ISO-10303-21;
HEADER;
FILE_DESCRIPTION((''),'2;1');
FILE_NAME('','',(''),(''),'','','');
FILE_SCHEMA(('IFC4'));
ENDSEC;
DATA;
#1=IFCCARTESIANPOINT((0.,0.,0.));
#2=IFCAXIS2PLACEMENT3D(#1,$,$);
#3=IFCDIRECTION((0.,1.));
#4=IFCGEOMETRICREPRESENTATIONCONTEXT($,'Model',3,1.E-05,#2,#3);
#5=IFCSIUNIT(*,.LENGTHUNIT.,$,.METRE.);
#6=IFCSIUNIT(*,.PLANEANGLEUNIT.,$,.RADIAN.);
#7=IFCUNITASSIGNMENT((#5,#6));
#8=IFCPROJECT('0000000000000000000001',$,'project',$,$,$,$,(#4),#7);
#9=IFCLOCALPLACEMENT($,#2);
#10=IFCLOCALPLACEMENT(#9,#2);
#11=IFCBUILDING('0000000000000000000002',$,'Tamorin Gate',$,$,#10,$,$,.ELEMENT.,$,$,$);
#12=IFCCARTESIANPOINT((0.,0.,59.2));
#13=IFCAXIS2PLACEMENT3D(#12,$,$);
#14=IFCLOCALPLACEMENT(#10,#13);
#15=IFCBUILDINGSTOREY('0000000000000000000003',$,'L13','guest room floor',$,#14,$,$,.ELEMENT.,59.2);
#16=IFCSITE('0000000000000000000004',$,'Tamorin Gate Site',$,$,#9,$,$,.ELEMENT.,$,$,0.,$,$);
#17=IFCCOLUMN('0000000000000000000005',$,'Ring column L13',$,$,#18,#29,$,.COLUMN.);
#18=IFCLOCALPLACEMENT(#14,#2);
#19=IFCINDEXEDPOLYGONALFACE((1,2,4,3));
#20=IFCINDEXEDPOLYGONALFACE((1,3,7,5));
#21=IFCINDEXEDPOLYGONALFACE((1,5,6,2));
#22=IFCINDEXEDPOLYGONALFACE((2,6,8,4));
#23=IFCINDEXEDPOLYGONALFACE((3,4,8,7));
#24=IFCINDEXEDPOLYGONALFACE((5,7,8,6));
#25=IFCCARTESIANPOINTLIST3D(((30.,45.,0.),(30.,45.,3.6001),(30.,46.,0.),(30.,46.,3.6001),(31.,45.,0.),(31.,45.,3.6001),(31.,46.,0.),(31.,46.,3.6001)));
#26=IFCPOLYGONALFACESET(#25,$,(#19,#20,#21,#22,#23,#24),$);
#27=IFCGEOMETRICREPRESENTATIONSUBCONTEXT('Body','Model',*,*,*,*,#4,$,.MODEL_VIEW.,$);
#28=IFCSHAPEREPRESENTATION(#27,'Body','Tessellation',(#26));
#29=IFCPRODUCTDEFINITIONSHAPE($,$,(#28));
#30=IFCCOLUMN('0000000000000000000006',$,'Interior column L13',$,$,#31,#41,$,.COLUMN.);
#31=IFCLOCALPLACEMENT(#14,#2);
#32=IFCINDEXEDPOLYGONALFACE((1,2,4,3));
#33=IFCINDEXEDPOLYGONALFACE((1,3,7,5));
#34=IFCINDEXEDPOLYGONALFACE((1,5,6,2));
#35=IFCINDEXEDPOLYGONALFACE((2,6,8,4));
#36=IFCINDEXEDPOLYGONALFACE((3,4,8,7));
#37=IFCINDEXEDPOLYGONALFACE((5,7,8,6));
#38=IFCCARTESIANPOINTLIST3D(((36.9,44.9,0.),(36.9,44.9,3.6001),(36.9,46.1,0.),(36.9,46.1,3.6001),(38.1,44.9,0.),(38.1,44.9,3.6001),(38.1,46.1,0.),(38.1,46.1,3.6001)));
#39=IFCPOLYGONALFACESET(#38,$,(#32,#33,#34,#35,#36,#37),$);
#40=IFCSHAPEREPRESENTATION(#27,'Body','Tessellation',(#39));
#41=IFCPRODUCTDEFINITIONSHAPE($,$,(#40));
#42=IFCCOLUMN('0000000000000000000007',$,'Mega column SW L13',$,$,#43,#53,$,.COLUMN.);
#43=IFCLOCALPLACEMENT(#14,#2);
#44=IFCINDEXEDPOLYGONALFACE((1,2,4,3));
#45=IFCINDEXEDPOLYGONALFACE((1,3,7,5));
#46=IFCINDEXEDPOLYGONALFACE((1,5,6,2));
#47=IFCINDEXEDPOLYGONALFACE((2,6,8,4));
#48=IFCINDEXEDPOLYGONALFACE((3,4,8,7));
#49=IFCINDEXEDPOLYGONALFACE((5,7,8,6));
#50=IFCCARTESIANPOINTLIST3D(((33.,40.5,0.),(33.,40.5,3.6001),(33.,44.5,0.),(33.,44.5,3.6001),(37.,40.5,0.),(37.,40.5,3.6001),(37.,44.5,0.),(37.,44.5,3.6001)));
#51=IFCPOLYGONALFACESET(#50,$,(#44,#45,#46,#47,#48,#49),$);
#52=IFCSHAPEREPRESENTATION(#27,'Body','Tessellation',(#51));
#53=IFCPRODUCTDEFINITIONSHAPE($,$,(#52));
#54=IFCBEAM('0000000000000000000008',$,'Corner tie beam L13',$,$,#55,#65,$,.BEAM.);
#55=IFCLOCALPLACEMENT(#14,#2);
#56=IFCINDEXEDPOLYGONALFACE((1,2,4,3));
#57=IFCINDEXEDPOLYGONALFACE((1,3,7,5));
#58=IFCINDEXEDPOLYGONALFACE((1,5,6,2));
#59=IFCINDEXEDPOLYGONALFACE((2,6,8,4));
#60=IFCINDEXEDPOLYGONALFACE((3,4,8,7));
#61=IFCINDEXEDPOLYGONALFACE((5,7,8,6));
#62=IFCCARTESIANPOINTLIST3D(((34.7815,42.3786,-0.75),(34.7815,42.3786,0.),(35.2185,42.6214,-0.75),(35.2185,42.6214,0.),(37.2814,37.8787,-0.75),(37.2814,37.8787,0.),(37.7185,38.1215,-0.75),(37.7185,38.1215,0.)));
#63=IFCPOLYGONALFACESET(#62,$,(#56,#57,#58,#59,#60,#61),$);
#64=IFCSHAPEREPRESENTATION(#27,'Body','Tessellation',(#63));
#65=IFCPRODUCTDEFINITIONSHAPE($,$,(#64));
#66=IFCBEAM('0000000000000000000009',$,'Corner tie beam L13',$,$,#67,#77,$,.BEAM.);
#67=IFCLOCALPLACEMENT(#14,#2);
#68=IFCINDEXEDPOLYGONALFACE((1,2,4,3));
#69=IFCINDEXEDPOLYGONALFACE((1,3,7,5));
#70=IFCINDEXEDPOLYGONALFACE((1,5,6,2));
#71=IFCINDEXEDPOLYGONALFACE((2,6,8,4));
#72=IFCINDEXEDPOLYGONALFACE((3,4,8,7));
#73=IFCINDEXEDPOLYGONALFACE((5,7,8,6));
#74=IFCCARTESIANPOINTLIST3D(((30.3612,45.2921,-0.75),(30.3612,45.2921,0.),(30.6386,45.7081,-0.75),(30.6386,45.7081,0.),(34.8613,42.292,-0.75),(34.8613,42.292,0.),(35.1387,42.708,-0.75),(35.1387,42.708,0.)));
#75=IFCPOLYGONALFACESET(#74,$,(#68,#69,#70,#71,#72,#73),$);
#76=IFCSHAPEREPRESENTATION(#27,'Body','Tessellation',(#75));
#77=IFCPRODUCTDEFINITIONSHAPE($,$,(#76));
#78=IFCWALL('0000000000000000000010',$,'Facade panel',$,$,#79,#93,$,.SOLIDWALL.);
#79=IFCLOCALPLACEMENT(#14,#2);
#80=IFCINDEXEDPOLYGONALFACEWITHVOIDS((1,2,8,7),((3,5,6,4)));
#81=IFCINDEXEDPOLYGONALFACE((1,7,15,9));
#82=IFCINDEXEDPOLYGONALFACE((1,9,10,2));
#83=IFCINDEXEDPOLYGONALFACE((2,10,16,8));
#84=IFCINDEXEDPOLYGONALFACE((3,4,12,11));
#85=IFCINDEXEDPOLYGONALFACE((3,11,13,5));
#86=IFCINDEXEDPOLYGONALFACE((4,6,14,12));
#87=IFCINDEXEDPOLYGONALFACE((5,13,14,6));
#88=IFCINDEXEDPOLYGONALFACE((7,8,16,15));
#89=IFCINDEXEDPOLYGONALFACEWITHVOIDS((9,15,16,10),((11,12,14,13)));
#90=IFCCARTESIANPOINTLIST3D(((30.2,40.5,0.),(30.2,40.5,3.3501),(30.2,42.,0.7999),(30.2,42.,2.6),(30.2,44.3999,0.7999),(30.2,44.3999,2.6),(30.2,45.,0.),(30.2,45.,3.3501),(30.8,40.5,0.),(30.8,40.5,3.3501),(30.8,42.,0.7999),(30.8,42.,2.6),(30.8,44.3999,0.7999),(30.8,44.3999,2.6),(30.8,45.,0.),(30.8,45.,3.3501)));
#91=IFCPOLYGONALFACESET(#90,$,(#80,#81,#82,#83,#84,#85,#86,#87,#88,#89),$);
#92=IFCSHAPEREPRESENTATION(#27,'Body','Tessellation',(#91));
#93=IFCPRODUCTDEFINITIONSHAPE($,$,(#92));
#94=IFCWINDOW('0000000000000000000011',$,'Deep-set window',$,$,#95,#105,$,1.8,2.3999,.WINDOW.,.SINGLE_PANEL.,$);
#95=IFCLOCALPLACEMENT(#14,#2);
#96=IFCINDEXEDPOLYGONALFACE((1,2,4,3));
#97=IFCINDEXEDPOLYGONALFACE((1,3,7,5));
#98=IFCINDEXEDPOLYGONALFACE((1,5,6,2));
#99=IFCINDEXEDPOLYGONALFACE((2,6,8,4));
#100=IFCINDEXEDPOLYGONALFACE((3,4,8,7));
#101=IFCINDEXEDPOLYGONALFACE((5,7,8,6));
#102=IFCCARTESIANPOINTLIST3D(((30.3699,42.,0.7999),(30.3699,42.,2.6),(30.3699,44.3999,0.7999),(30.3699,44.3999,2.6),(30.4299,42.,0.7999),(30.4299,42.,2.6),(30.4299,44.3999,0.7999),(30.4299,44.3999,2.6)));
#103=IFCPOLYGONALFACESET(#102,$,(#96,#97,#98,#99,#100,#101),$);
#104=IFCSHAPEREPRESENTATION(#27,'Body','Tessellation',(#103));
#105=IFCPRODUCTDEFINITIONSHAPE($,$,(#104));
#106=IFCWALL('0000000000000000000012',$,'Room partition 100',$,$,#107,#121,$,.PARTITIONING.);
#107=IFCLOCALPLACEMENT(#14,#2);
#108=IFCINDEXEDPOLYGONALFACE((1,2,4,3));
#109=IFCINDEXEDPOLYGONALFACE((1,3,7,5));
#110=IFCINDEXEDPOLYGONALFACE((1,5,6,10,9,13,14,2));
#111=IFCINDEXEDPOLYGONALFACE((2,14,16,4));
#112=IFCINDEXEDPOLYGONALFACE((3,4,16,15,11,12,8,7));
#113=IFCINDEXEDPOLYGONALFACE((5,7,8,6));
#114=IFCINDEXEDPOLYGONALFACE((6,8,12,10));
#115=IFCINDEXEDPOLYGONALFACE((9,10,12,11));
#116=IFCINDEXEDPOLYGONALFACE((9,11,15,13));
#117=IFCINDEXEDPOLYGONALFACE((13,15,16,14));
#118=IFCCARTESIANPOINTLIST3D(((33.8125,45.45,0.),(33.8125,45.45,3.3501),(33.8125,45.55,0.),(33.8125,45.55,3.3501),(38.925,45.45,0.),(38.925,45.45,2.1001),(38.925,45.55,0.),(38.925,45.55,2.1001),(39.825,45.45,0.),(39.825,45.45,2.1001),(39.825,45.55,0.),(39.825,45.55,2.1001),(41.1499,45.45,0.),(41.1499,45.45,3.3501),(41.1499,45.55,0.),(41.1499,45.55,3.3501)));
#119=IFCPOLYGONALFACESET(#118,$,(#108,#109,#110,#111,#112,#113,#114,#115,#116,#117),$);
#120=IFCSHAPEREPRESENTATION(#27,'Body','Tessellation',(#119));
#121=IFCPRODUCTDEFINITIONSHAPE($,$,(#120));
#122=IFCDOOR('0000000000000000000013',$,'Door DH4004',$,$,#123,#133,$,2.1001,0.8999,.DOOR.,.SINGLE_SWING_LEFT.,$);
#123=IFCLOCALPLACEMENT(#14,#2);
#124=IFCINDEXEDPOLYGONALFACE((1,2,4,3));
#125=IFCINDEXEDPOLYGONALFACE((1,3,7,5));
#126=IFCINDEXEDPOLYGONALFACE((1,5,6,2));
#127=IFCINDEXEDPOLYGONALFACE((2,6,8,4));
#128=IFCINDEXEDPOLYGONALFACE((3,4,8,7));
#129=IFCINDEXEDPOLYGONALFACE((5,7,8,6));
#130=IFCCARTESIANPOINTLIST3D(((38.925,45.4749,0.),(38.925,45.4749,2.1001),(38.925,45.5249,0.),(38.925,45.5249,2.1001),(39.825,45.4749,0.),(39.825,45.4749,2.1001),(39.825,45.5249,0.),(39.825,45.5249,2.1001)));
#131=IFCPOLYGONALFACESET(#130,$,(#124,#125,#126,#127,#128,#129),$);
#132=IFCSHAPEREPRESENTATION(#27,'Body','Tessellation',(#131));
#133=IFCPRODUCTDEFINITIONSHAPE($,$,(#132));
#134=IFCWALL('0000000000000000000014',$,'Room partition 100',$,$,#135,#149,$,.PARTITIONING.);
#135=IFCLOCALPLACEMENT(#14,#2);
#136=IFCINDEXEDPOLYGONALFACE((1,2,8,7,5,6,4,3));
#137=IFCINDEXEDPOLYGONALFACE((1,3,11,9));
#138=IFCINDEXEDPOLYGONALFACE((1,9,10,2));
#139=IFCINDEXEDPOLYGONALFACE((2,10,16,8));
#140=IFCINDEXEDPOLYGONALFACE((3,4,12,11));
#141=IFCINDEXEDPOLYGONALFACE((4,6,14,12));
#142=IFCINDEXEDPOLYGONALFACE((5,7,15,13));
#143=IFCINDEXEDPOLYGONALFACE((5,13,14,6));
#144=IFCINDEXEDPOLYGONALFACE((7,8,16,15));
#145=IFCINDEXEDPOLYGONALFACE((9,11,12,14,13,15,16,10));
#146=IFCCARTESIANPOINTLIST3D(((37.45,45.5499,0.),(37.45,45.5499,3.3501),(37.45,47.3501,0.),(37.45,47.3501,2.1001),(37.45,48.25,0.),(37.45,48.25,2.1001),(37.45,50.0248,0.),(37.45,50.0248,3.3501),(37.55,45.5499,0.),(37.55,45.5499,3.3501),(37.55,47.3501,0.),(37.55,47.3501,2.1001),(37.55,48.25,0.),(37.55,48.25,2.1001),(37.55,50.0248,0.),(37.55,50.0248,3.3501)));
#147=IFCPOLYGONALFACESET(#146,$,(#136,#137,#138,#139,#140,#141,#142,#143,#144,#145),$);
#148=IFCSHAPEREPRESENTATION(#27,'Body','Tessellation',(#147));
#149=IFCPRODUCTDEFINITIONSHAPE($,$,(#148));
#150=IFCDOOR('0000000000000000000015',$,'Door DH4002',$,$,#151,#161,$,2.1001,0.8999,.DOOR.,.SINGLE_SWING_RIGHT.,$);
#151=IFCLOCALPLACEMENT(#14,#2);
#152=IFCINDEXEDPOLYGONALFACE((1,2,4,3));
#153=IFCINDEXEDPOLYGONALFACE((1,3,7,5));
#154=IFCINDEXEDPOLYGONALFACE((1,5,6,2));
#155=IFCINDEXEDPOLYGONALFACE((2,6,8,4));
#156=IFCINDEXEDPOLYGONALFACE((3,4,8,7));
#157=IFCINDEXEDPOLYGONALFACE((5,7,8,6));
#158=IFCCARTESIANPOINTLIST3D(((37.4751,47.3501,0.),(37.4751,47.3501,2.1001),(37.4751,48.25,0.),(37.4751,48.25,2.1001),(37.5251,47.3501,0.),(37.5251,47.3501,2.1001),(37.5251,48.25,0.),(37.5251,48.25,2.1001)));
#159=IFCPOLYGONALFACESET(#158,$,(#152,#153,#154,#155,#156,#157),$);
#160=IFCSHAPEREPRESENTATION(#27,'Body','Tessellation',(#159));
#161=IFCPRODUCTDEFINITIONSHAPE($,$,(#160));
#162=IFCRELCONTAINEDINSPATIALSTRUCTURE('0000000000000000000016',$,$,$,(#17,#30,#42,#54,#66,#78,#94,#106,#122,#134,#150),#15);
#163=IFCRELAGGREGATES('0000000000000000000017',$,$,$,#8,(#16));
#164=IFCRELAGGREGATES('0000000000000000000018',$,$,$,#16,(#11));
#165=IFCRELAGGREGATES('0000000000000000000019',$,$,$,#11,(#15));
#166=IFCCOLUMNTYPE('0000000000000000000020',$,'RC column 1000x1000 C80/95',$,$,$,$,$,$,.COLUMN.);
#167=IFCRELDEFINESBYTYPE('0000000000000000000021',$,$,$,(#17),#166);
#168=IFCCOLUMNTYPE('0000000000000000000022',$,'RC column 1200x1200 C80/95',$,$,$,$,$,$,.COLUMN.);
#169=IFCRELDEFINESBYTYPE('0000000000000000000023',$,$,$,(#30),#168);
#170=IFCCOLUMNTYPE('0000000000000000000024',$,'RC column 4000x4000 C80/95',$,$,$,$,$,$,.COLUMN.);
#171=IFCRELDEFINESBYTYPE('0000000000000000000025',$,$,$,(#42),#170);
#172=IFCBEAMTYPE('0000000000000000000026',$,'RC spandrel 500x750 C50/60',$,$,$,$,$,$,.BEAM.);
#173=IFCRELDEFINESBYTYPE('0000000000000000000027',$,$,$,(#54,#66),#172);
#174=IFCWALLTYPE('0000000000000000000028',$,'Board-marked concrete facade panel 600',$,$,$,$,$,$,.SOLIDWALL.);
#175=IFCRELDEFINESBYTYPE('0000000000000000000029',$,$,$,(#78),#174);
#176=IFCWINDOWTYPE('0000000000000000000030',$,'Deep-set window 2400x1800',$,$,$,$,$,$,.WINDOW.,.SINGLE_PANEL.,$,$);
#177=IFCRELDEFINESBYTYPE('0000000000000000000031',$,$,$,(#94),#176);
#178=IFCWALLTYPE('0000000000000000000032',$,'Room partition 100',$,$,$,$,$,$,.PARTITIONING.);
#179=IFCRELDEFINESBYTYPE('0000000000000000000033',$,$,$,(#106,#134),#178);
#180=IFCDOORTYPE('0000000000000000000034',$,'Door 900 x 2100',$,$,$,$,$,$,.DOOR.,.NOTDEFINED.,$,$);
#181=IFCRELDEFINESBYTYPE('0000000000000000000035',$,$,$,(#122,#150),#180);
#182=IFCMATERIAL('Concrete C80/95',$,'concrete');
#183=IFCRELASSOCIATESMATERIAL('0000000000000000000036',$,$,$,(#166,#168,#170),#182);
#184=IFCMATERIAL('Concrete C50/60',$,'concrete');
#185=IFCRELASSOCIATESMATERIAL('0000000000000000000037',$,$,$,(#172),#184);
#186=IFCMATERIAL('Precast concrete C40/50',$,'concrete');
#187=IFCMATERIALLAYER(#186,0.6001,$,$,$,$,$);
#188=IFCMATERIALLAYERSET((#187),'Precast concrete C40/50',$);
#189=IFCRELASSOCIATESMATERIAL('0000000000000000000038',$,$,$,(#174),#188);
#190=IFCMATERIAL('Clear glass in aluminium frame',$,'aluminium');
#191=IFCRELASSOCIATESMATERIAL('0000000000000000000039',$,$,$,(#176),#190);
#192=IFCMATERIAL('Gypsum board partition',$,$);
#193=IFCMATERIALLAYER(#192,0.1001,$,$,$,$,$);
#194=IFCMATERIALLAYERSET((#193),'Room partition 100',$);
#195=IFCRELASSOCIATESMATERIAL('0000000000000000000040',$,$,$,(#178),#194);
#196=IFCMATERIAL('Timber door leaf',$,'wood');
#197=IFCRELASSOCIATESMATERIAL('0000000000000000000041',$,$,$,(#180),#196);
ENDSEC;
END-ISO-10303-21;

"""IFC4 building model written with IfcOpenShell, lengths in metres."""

from ifc_helpers import new_model, si_unit, direction, frame, frame_2d, origin, origin_2d, place, context, subcontext, project, spatial, rectangle, extrude, material, layer, layer_set, material_profile, profile_set, type_object, element, fill, save


model = new_model("IFC4")

# Units and contexts
model_context = context("Model", 3, precision=1e-05, world=origin(), true_north=direction((0.0, 1.0)))
body_context = subcontext(model_context, "Body", "Model", "MODEL_VIEW")
ifc_project = project(units=[si_unit("LENGTHUNIT", "METRE"), si_unit("PLANEANGLEUNIT", "RADIAN")], contexts=[model_context])

# Site, building, storey
site_placement = place(None, origin())
site = spatial("IfcSite", under=ifc_project, at=site_placement, Name="Tamorin Gate Site", CompositionType="ELEMENT", RefElevation=0.0)
building_placement = place(site_placement, origin())
building = spatial("IfcBuilding", under=site, at=building_placement, Name="Tamorin Gate", CompositionType="ELEMENT")
storey_placement = place(building_placement, frame((0.0, 0.0, 59.2)))
storey = spatial("IfcBuildingStorey", under=building, at=storey_placement, Name="L13", Description="guest room floor", CompositionType="ELEMENT", Elevation=59.2)

# Columns
ifc_material_1 = material(Name="Concrete C80/95", Category="concrete")
ifc_material_profile_1 = material_profile(ifc_material_1, rectangle(XDim=1.0, YDim=1.0, at=origin_2d()), Name="RC 1000x1000")
ifc_profile_set_1 = profile_set([ifc_material_profile_1], Name="Concrete C80/95")
column_type_1 = type_object("IfcColumnType", Name="RC column 1000x1000 C80/95", PredefinedType="COLUMN", material=ifc_profile_set_1)
column_1_placement = place(storey_placement, frame((30.5, 45.5, 0.0), z_axis=(0.0, 0.0, 1.0), x_axis=(1.0, 0.0, 0.0)))
element("IfcColumn", 1, at=column_1_placement, inside=storey, type_object=column_type_1, Name="Ring column L13", PredefinedType="COLUMN", context=body_context, shape_type="SweptSolid", body=[
    extrude(rectangle(XDim=1.0, YDim=1.0, at=origin_2d()), origin(), (0.0, 0.0, 1.0), 3.6001),
])
ifc_material_profile_2 = material_profile(ifc_material_1, rectangle(XDim=1.2, YDim=1.2, at=origin_2d()), Name="RC 1200x1200")
ifc_profile_set_2 = profile_set([ifc_material_profile_2], Name="Concrete C80/95")
column_type_2 = type_object("IfcColumnType", Name="RC column 1200x1200 C80/95", PredefinedType="COLUMN", material=ifc_profile_set_2)
column_2_placement = place(storey_placement, frame((37.5, 45.5, 0.0), z_axis=(0.0, 0.0, 1.0), x_axis=(1.0, 0.0, 0.0)))
element("IfcColumn", 2, at=column_2_placement, inside=storey, type_object=column_type_2, Name="Interior column L13", PredefinedType="COLUMN", context=body_context, shape_type="SweptSolid", body=[
    extrude(rectangle(XDim=1.2, YDim=1.2, at=origin_2d()), origin(), (0.0, 0.0, 1.0), 3.6001),
])
ifc_material_profile_3 = material_profile(ifc_material_1, rectangle(XDim=4.0, YDim=4.0, at=origin_2d()), Name="RC 4000x4000")
ifc_profile_set_3 = profile_set([ifc_material_profile_3], Name="Concrete C80/95")
column_type_3 = type_object("IfcColumnType", Name="RC column 4000x4000 C80/95", PredefinedType="COLUMN", material=ifc_profile_set_3)
column_3_placement = place(storey_placement, frame((35.0, 42.5, 0.0), z_axis=(0.0, 0.0, 1.0), x_axis=(1.0, 0.0, 0.0)))
element("IfcColumn", 3, at=column_3_placement, inside=storey, type_object=column_type_3, Name="Mega column SW L13", PredefinedType="COLUMN", context=body_context, shape_type="SweptSolid", body=[
    extrude(rectangle(XDim=4.0, YDim=4.0, at=origin_2d()), origin(), (0.0, 0.0, 1.0), 3.6001),
])

# Beams
ifc_material_2 = material(Name="Concrete C50/60", Category="concrete")
ifc_material_profile_4 = material_profile(ifc_material_2, rectangle(XDim=0.5, YDim=0.75, at=origin_2d()), Name="RC 500x750")
ifc_profile_set_4 = profile_set([ifc_material_profile_4], Name="Concrete C50/60")
beam_type = type_object("IfcBeamType", Name="RC spandrel 500x750 C50/60", PredefinedType="BEAM", material=ifc_profile_set_4)
beam_1_placement = place(storey_placement, frame((35.0, 42.5, -0.375), z_axis=(0.485643, -0.874157, 0.0), x_axis=(0.874157, 0.485643, 0.0)))
element("IfcBeam", 4, at=beam_1_placement, inside=storey, type_object=beam_type, Name="Corner tie beam L13", PredefinedType="BEAM", context=body_context, shape_type="SweptSolid", body=[
    extrude(rectangle(XDim=0.5, YDim=0.75, at=origin_2d()), origin(), (0.0, 0.0, 1.0), 5.1477),
])
beam_2_placement = place(storey_placement, frame((35.0, 42.5, -0.375), z_axis=(-0.83205, 0.5547, 0.0), x_axis=(-0.5547, -0.83205, 0.0)))
element("IfcBeam", 5, at=beam_2_placement, inside=storey, type_object=beam_type, Name="Corner tie beam L13", PredefinedType="BEAM", context=body_context, shape_type="SweptSolid", body=[
    extrude(rectangle(XDim=0.5, YDim=0.75, at=origin_2d()), origin(), (0.0, 0.0, 1.0), 5.4084),
])

# Wall, opening, window
ifc_material_3 = material(Name="Precast concrete C40/50", Category="concrete")
ifc_layer_1 = layer(ifc_material_3, 0.6001)
ifc_layer_set_1 = layer_set([ifc_layer_1], Name="Precast concrete C40/50")
wall_type_1 = type_object("IfcWallType", Name="Board-marked concrete facade panel 600", PredefinedType="SOLIDWALL", material=ifc_layer_set_1)
wall_1_placement = place(storey_placement, frame((30.5, 45.0, 0.0), z_axis=(0.0, 0.0, 1.0), x_axis=(0.0, -1.0, 0.0)))
wall_1 = element("IfcWall", 6, at=wall_1_placement, inside=storey, type_object=wall_type_1, Name="Facade panel", PredefinedType="SOLIDWALL", context=body_context, shape_type="SweptSolid", body=[
    extrude(rectangle(XDim=4.5, YDim=0.6001, at=frame_2d((2.25, 0.0))), origin(), (0.0, 0.0, 1.0), 3.3501),
])
opening_1_placement = place(wall_1_placement, frame((0.6001, 0.0, 0.8)))
opening_1 = element("IfcOpeningElement", 7, at=opening_1_placement, cuts=wall_1, PredefinedType="OPENING", context=body_context, shape_type="SweptSolid", body=[
    extrude(rectangle(XDim=2.3999, YDim=1.8, at=frame_2d((1.2, 0.8999))), frame((0.0, 0.3101, 0.0), z_axis=(0.0, -1.0, 0.0), x_axis=(1.0, 0.0, 0.0)), (0.0, 0.0, 1.0), 0.6201),
])
ifc_material_4 = material(Name="Clear glass in aluminium frame", Category="aluminium")
window_type = type_object("IfcWindowType", Name="Deep-set window 2400x1800", PartitioningType="SINGLE_PANEL", PredefinedType="WINDOW", material=ifc_material_4)
window_placement = place(opening_1_placement, origin())
window = element("IfcWindow", 8, at=window_placement, inside=storey, type_object=window_type, Name="Deep-set window", OverallHeight=1.8, OverallWidth=2.3999, PartitioningType="SINGLE_PANEL", PredefinedType="WINDOW", context=body_context, shape_type="SweptSolid", body=[
    extrude(rectangle(XDim=2.3999, YDim=1.8, at=frame_2d((1.2, 0.8999))), frame((0.0, -0.0701, 0.0), z_axis=(0.0, -1.0, 0.0), x_axis=(1.0, 0.0, 0.0)), (0.0, 0.0, 1.0), 0.0601),
])
fill(opening_1, window)

# Walls, openings, doors
ifc_material_5 = material(Name="Gypsum board partition")
ifc_layer_2 = layer(ifc_material_5, 0.1001)
ifc_layer_set_2 = layer_set([ifc_layer_2], Name="Room partition 100")
wall_type_2 = type_object("IfcWallType", Name="Room partition 100", PredefinedType="PARTITIONING", material=ifc_layer_set_2)
wall_2_placement = place(storey_placement, frame((33.8125, 45.5, 0.0), z_axis=(0.0, 0.0, 1.0), x_axis=(1.0, 0.0, 0.0)))
wall_2 = element("IfcWall", 9, at=wall_2_placement, inside=storey, type_object=wall_type_2, Name="Room partition 100", PredefinedType="PARTITIONING", context=body_context, shape_type="SweptSolid", body=[
    extrude(rectangle(XDim=7.3374, YDim=0.1001, at=frame_2d((3.6687, 0.0))), origin(), (0.0, 0.0, 1.0), 3.3501),
])
opening_2_placement = place(wall_2_placement, frame((5.1125, 0.0, 0.0)))
opening_2 = element("IfcOpeningElement", 10, at=opening_2_placement, cuts=wall_2, PredefinedType="OPENING", context=body_context, shape_type="SweptSolid", body=[
    extrude(rectangle(XDim=0.8999, YDim=2.1001, at=frame_2d((0.45, 1.05))), frame((0.0, 0.0601, 0.0), z_axis=(0.0, -1.0, 0.0), x_axis=(1.0, 0.0, 0.0)), (0.0, 0.0, 1.0), 0.1201),
])
ifc_material_6 = material(Name="Timber door leaf", Category="wood")
door_type = type_object("IfcDoorType", Name="Door 900 x 2100", OperationType="NOTDEFINED", PredefinedType="DOOR", material=ifc_material_6)
door_1_placement = place(opening_2_placement, origin())
door_1 = element("IfcDoor", 11, at=door_1_placement, inside=storey, type_object=door_type, Name="Door DH4004", OperationType="SINGLE_SWING_LEFT", OverallHeight=2.1001, OverallWidth=0.8999, PredefinedType="DOOR", context=body_context, shape_type="SweptSolid", body=[
    extrude(rectangle(XDim=0.8999, YDim=2.1001, at=frame_2d((0.45, 1.05))), frame((0.0, 0.0249, 0.0), z_axis=(0.0, -1.0, 0.0), x_axis=(1.0, 0.0, 0.0)), (0.0, 0.0, 1.0), 0.05),
])
fill(opening_2, door_1)
wall_3_placement = place(storey_placement, frame((37.5, 45.55, 0.0), z_axis=(0.0, 0.0, 1.0), x_axis=(0.0, 1.0, 0.0)))
wall_3 = element("IfcWall", 12, at=wall_3_placement, inside=storey, type_object=wall_type_2, Name="Room partition 100", PredefinedType="PARTITIONING", context=body_context, shape_type="SweptSolid", body=[
    extrude(rectangle(XDim=4.4749, YDim=0.1001, at=frame_2d((2.2373, 0.0))), origin(), (0.0, 0.0, 1.0), 3.3501),
])
opening_3_placement = place(wall_3_placement, frame((1.8, 0.0, 0.0)))
opening_3 = element("IfcOpeningElement", 13, at=opening_3_placement, cuts=wall_3, PredefinedType="OPENING", context=body_context, shape_type="SweptSolid", body=[
    extrude(rectangle(XDim=0.8999, YDim=2.1001, at=frame_2d((0.45, 1.05))), frame((0.0, 0.0601, 0.0), z_axis=(0.0, -1.0, 0.0), x_axis=(1.0, 0.0, 0.0)), (0.0, 0.0, 1.0), 0.1201),
])
door_2_placement = place(opening_3_placement, origin())
door_2 = element("IfcDoor", 14, at=door_2_placement, inside=storey, type_object=door_type, Name="Door DH4002", OperationType="SINGLE_SWING_RIGHT", OverallHeight=2.1001, OverallWidth=0.8999, PredefinedType="DOOR", context=body_context, shape_type="SweptSolid", body=[
    extrude(rectangle(XDim=0.8999, YDim=2.1001, at=frame_2d((0.45, 1.05))), frame((0.0, 0.0249, 0.0), z_axis=(0.0, -1.0, 0.0), x_axis=(1.0, 0.0, 0.0)), (0.0, 0.0, 1.0), 0.05),
])
fill(opening_3, door_2)

save(model, "model.ifc")
